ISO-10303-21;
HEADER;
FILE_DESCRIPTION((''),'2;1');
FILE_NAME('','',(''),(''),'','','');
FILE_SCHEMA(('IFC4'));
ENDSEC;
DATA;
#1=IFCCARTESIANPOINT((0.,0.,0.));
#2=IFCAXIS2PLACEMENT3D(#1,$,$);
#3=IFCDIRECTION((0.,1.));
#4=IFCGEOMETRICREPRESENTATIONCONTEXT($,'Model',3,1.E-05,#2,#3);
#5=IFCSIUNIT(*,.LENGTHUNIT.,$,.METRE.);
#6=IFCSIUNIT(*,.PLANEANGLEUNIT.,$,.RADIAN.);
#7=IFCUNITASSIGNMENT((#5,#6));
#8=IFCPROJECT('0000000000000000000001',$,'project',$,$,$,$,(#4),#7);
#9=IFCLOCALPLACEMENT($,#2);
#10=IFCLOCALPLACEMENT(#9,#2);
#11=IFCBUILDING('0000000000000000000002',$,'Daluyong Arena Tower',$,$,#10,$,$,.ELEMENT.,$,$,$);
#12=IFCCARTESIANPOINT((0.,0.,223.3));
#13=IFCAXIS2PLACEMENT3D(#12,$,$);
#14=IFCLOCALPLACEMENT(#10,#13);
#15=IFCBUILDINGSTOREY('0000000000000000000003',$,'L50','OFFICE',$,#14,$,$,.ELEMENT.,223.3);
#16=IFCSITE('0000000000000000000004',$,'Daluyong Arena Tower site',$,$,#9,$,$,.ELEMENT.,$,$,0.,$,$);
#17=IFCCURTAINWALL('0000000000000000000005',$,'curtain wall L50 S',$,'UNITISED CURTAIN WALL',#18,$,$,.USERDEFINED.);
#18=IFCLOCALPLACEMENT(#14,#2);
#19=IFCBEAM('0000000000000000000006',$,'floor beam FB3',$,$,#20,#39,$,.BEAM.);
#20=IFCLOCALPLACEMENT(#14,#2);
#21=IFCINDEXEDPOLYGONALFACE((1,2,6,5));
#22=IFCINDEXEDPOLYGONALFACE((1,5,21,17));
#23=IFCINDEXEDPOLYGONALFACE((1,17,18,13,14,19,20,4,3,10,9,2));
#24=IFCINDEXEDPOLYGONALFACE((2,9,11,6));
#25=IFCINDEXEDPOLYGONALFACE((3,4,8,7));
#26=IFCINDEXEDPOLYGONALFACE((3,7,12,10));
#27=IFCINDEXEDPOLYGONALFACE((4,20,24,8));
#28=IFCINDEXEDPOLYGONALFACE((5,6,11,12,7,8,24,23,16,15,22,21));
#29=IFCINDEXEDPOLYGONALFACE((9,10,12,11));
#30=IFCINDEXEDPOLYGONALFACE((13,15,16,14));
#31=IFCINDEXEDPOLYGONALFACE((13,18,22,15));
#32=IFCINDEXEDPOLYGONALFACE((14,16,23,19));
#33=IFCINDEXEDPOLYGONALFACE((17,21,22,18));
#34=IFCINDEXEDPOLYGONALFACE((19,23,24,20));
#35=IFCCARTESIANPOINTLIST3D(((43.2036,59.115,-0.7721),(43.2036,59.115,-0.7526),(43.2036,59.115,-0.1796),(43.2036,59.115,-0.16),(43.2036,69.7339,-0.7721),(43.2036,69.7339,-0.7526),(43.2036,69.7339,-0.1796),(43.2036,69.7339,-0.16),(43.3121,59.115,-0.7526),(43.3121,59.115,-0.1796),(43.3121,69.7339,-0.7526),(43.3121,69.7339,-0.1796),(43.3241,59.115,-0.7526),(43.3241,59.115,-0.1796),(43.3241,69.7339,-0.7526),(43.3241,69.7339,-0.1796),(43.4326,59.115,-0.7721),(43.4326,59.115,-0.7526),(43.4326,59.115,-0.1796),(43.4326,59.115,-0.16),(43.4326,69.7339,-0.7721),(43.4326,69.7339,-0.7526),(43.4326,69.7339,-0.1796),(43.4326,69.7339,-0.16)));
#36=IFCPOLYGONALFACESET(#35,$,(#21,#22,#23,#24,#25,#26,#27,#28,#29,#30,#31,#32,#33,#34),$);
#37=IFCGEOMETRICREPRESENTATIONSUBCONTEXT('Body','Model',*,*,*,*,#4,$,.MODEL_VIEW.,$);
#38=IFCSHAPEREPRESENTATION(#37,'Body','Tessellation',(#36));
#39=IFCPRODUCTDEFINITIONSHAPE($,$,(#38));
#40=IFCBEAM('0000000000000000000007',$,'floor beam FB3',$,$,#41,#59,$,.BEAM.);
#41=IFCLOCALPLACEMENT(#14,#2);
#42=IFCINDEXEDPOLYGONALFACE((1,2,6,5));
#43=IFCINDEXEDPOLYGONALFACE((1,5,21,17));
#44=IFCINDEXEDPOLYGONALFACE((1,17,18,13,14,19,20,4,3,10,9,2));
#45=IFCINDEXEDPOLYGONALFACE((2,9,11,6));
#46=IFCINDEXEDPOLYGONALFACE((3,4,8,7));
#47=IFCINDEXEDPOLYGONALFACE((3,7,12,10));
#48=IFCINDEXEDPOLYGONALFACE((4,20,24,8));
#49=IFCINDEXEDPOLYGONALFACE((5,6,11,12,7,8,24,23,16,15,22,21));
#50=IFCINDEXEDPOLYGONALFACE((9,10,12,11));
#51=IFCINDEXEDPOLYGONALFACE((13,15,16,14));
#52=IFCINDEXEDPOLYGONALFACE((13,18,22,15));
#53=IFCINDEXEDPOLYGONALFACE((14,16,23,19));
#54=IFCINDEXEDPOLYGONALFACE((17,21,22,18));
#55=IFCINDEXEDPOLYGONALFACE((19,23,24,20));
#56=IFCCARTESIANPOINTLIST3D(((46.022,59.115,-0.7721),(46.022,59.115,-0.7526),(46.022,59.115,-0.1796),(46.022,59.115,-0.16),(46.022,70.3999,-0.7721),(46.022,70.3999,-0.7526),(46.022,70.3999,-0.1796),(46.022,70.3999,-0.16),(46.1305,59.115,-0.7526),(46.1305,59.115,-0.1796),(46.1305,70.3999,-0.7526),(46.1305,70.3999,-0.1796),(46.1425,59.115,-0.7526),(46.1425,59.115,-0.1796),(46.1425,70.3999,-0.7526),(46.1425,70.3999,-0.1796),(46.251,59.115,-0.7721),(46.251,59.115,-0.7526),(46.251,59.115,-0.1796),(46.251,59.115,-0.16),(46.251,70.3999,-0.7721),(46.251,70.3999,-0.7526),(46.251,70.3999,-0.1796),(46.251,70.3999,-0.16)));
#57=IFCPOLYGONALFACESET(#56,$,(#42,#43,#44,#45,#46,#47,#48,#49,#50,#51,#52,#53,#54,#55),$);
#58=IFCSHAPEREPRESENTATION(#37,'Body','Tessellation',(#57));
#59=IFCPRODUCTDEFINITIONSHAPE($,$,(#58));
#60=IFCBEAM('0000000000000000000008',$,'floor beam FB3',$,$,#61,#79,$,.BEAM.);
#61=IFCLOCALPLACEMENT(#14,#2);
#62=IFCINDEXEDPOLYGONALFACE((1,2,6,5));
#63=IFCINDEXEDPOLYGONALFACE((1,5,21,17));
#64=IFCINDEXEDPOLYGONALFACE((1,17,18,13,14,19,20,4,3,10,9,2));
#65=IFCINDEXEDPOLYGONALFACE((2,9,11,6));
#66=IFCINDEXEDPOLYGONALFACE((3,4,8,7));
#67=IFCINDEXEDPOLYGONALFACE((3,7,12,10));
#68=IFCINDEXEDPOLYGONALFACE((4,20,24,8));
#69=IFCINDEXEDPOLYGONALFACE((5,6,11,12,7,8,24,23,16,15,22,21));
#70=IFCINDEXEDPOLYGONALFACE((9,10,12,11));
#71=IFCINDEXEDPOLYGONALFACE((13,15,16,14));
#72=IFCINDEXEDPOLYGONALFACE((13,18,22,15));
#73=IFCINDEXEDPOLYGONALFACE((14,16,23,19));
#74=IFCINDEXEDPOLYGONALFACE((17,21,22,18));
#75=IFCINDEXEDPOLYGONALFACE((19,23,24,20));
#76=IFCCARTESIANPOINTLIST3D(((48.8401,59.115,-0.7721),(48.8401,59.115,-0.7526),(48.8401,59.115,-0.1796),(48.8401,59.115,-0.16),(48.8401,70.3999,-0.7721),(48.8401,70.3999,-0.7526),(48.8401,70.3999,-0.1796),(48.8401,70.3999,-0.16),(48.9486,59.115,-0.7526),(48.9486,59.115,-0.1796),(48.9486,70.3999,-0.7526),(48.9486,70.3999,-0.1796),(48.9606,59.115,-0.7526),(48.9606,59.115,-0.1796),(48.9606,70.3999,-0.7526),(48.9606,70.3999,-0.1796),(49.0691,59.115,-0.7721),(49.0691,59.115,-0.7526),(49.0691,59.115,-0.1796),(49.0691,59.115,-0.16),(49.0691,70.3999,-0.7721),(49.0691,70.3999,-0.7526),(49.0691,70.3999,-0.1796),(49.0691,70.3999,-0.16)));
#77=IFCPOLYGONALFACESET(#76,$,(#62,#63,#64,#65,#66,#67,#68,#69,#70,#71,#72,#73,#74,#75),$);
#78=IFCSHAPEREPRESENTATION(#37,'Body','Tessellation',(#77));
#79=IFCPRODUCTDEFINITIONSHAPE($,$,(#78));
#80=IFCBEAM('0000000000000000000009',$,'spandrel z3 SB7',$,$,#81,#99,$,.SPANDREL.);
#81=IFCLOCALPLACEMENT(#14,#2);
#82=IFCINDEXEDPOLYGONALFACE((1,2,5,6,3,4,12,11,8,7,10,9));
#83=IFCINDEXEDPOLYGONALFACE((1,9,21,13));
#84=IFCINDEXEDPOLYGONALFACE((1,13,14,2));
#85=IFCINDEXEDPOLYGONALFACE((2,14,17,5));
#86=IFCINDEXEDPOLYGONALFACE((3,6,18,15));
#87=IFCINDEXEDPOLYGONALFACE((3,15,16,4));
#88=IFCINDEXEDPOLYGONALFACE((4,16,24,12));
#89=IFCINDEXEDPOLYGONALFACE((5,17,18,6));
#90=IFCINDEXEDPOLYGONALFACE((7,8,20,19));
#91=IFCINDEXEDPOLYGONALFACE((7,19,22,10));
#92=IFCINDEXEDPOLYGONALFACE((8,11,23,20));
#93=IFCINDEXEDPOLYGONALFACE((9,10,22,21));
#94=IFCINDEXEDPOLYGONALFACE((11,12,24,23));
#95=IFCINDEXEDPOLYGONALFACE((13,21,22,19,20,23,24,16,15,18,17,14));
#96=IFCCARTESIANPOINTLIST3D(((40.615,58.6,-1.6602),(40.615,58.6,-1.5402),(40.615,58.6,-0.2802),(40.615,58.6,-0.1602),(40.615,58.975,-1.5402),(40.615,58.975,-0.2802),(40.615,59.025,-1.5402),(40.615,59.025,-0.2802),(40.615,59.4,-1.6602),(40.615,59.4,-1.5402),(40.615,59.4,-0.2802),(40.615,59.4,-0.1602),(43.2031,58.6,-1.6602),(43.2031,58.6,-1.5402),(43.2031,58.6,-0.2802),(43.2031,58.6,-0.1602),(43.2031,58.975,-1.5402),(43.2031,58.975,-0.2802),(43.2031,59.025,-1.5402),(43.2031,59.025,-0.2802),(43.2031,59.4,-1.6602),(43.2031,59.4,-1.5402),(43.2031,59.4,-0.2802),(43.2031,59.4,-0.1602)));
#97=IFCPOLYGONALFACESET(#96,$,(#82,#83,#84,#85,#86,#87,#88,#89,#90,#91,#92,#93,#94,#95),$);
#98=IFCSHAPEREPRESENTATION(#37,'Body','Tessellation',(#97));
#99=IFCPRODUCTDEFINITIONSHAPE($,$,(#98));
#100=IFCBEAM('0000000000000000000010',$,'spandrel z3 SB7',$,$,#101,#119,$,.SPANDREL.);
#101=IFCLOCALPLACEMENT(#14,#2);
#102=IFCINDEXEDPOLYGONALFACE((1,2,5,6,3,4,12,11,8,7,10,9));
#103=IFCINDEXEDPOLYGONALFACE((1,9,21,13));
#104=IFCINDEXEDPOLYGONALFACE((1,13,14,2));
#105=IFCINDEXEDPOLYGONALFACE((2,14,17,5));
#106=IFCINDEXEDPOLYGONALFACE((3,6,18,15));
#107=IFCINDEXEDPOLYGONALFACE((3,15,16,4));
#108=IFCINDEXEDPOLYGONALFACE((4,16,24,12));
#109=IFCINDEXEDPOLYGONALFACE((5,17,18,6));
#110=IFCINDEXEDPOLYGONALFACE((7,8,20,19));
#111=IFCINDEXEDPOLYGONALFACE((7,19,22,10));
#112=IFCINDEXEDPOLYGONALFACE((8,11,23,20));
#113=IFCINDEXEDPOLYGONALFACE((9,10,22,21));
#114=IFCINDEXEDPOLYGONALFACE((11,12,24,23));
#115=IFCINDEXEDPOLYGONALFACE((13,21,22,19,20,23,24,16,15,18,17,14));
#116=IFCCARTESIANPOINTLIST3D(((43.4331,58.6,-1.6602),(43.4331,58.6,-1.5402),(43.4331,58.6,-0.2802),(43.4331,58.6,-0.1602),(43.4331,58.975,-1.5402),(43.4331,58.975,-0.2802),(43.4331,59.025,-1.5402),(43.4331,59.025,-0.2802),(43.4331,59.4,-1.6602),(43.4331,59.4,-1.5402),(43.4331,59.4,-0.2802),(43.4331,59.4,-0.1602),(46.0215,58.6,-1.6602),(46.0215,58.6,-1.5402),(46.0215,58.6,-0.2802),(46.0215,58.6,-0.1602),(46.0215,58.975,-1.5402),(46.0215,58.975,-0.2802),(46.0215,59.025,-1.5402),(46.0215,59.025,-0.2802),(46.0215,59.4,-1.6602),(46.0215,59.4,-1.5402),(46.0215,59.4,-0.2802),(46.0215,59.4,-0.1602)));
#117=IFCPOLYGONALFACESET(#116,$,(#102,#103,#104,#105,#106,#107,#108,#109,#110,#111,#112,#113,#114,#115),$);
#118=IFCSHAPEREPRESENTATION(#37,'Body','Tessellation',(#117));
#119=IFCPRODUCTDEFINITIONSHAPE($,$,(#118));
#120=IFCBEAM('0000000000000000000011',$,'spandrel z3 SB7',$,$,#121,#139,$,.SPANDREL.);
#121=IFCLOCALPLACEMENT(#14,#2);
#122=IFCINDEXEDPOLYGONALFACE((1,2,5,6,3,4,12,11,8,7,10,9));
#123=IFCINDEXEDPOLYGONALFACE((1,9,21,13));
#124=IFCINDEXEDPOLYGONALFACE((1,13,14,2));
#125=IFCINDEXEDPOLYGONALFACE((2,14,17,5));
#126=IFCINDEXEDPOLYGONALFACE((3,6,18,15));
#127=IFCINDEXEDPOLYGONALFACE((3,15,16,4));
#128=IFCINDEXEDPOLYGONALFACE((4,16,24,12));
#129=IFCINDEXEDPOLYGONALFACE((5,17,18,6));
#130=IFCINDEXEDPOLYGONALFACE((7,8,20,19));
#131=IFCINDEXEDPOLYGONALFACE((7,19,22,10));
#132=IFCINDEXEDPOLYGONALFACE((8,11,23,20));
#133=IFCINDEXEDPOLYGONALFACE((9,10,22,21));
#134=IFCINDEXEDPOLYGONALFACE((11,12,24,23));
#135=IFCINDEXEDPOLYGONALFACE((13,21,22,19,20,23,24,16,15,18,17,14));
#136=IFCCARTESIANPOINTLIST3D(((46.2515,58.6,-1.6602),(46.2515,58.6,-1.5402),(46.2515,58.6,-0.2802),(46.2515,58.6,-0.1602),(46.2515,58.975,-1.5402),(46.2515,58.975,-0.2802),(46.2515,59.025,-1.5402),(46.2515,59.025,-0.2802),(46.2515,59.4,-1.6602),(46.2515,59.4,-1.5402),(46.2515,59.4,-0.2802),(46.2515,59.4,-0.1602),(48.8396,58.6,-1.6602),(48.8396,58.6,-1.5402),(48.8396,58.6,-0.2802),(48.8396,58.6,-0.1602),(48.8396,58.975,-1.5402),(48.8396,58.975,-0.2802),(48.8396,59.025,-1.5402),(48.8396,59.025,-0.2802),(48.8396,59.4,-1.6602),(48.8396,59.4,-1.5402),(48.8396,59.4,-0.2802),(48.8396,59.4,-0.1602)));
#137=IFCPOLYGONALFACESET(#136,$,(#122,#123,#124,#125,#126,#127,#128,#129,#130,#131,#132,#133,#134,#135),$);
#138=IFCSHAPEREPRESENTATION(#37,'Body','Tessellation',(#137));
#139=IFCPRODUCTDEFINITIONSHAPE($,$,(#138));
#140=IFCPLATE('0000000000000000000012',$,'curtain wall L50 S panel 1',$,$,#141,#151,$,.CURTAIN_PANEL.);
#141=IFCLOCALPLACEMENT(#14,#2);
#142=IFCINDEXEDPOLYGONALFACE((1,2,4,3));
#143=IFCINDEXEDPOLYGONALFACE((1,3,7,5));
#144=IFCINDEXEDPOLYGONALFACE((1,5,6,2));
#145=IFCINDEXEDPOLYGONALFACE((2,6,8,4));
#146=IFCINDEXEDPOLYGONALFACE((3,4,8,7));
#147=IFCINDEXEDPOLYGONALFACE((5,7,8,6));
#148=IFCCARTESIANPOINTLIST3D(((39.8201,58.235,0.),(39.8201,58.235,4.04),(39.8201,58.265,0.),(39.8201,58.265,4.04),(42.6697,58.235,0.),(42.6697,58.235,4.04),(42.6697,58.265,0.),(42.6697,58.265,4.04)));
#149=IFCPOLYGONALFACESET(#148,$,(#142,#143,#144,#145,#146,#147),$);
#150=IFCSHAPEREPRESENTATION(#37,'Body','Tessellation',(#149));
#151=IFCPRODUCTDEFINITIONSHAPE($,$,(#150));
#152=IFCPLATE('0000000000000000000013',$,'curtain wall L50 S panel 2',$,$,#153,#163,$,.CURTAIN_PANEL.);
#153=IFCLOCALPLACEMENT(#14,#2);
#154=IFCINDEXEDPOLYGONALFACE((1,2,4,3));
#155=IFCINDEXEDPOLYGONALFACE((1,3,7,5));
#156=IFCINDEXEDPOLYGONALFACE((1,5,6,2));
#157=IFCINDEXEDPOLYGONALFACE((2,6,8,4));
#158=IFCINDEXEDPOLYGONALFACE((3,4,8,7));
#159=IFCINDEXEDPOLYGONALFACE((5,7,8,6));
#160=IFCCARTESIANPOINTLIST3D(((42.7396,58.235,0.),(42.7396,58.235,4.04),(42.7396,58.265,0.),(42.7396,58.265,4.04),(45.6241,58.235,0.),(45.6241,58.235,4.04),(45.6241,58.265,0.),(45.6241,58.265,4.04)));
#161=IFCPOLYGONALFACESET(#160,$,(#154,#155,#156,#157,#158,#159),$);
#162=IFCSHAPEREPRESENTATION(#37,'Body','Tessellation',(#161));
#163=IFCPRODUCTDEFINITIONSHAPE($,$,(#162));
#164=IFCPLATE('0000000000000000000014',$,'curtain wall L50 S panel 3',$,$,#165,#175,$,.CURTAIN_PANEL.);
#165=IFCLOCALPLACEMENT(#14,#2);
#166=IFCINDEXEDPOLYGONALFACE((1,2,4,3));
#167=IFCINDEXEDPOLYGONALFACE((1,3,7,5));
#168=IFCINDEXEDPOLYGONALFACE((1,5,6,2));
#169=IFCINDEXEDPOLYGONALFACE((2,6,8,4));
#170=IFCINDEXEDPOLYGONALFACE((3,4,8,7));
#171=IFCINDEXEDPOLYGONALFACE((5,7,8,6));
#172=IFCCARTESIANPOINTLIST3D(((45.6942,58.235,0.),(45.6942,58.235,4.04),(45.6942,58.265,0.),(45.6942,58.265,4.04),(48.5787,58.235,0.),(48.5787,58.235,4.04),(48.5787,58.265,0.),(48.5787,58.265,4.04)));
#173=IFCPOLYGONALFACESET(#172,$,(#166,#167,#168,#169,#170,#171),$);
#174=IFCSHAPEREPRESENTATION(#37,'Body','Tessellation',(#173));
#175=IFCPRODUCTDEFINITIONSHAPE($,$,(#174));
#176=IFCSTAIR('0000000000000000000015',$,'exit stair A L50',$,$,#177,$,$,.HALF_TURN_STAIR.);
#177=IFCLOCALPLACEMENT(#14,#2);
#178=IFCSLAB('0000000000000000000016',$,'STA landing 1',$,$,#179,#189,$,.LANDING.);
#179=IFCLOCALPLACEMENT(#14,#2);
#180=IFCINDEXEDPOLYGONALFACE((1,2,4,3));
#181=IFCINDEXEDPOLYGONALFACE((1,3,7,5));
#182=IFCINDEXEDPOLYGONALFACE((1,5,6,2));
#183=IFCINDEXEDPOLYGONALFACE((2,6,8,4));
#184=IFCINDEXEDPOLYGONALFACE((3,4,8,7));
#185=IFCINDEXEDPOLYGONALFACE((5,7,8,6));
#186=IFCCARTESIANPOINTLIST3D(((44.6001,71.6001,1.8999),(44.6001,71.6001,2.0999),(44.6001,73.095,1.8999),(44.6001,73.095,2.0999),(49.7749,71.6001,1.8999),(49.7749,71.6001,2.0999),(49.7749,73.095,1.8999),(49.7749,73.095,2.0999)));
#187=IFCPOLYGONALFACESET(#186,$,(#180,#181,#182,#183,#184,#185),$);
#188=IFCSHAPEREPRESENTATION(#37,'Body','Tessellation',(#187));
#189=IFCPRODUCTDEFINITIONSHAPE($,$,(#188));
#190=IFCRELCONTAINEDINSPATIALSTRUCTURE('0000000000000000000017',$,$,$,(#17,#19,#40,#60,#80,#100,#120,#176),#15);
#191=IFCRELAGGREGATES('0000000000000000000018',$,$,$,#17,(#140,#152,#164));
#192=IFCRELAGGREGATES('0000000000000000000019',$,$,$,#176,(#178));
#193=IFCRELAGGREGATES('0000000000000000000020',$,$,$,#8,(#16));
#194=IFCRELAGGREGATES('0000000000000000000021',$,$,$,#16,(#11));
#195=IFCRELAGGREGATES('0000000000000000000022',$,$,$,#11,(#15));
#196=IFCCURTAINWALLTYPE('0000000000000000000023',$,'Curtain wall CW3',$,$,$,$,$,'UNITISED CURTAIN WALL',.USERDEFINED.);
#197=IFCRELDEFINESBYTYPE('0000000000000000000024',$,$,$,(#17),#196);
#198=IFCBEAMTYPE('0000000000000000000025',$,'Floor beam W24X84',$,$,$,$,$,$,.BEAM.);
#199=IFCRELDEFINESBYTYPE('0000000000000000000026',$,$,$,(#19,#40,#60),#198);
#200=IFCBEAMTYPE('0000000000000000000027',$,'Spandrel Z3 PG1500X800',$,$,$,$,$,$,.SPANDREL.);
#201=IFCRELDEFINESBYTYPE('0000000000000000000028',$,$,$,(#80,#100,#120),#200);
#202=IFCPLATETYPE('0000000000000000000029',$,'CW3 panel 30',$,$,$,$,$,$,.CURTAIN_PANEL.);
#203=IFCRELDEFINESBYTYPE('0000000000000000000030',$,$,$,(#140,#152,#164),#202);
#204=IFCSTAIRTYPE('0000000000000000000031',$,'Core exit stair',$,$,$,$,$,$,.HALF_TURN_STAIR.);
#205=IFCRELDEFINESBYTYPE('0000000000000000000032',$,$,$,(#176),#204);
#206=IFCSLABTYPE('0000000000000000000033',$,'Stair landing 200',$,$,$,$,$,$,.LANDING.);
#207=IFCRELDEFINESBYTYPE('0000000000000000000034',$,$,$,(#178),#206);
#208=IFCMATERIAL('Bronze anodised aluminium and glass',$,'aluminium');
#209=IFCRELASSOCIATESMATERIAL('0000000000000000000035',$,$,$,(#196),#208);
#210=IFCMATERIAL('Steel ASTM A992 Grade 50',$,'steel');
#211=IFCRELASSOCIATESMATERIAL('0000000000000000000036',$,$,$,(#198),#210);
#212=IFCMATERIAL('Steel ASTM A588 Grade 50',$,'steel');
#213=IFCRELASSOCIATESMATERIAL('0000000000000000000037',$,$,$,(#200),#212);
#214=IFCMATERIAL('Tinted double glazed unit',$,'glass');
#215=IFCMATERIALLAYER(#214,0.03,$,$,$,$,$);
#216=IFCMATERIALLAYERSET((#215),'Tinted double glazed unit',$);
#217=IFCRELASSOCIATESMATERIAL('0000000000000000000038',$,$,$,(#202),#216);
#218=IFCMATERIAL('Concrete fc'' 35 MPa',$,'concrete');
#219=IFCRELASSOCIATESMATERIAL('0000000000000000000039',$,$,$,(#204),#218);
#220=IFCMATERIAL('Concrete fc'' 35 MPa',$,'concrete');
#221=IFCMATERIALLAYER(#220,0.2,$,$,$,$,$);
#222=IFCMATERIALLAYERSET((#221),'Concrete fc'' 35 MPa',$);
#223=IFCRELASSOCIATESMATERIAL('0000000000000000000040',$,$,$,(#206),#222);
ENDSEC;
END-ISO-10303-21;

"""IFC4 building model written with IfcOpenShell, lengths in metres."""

from ifc_helpers import new_model, si_unit, direction, frame, origin, origin_2d, place, context, subcontext, project, spatial, polyline, rectangle, i_section, outline, extrude, material, layer, layer_set, material_profile, profile_set, type_object, element, aggregate, save


model = new_model("IFC4")

# Units and contexts
model_context = context("Model", 3, precision=1e-05, world=origin(), true_north=direction((0.0, 1.0)))
body_context = subcontext(model_context, "Body", "Model", "MODEL_VIEW")
ifc_project = project(units=[si_unit("LENGTHUNIT", "METRE"), si_unit("PLANEANGLEUNIT", "RADIAN")], contexts=[model_context])

# Site, building, storey
site_placement = place(None, origin())
site = spatial("IfcSite", under=ifc_project, at=site_placement, Name="Daluyong Arena Tower site", CompositionType="ELEMENT", RefElevation=0.0)
building_placement = place(site_placement, origin())
building = spatial("IfcBuilding", under=site, at=building_placement, Name="Daluyong Arena Tower", CompositionType="ELEMENT")
storey_placement = place(building_placement, frame((0.0, 0.0, 223.3)))
storey = spatial("IfcBuildingStorey", under=building, at=storey_placement, Name="L50", Description="OFFICE", CompositionType="ELEMENT", Elevation=223.3)

# Curtain wall
ifc_material_1 = material(Name="Bronze anodised aluminium and glass", Category="aluminium")
curtain_wall_type_1 = type_object("IfcCurtainWallType", Name="Curtain wall CW3", ElementType="UNITISED CURTAIN WALL", PredefinedType="USERDEFINED", material=ifc_material_1)
curtain_wall_1_placement = place(storey_placement, origin())
curtain_wall_1 = element("IfcCurtainWall", 1, at=curtain_wall_1_placement, inside=storey, type_object=curtain_wall_type_1, Name="curtain wall L50 S", ObjectType="UNITISED CURTAIN WALL", PredefinedType="USERDEFINED")

# Beams
ifc_material_2 = material(Name="Steel ASTM A992 Grade 50", Category="steel")
ifc_material_profile_1 = material_profile(ifc_material_2, i_section(OverallWidth=0.229, OverallDepth=0.6121, WebThickness=0.012, FlangeThickness=0.0195, at=origin_2d()))
ifc_profile_set_1 = profile_set([ifc_material_profile_1], Name="Steel ASTM A992 Grade 50")
beam_type_1 = type_object("IfcBeamType", Name="Floor beam W24X84", PredefinedType="BEAM", material=ifc_profile_set_1)
beam_1_placement = place(storey_placement, frame((43.3181, 59.115, -0.4661), z_axis=(0.0, 1.0, 0.0), x_axis=(-1.0, 0.0, 0.0)))
element("IfcBeam", 2, at=beam_1_placement, inside=storey, type_object=beam_type_1, Name="floor beam FB3", PredefinedType="BEAM", context=body_context, shape_type="SweptSolid", body=[
    extrude(i_section(OverallWidth=0.229, OverallDepth=0.6121, WebThickness=0.012, FlangeThickness=0.0195, at=origin_2d()), origin(), (0.0, 0.0, 1.0), 10.6189),
])
for number, where, z_axis, x_axis, name in (
    (3, (46.1365, 59.115, -0.4661), (0.0, 1.0, 0.0), (-1.0, 0.0, 0.0), "floor beam FB3"),
    (4, (48.9546, 59.115, -0.4661), (0.0, 1.0, 0.0), (-1.0, 0.0, 0.0), "floor beam FB3"),
):
    element("IfcBeam", number, at=place(storey_placement, frame(where, z_axis=z_axis, x_axis=x_axis)), inside=storey, type_object=beam_type_1, Name=name, PredefinedType="BEAM", context=body_context, shape_type="SweptSolid", body=[
        extrude(i_section(OverallWidth=0.229, OverallDepth=0.6121, WebThickness=0.012, FlangeThickness=0.0195, at=origin_2d()), origin(), (0.0, 0.0, 1.0), 11.2849),
    ])
ifc_material_3 = material(Name="Steel ASTM A588 Grade 50", Category="steel")
ifc_material_profile_2 = material_profile(ifc_material_3, i_section(OverallWidth=0.8, OverallDepth=1.5, WebThickness=0.05, FlangeThickness=0.12, at=origin_2d()))
ifc_profile_set_2 = profile_set([ifc_material_profile_2], Name="Steel ASTM A588 Grade 50")
beam_type_2 = type_object("IfcBeamType", Name="Spandrel Z3 PG1500X800", PredefinedType="SPANDREL", material=ifc_profile_set_2)
beam_2_placement = place(storey_placement, frame((40.615, 59.0, -0.9102), z_axis=(1.0, 0.0, 0.0), x_axis=(0.0, 1.0, 0.0)))
element("IfcBeam", 5, at=beam_2_placement, inside=storey, type_object=beam_type_2, Name="spandrel z3 SB7", PredefinedType="SPANDREL", context=body_context, shape_type="SweptSolid", body=[
    extrude(i_section(OverallWidth=0.8, OverallDepth=1.5, WebThickness=0.05, FlangeThickness=0.12, at=origin_2d()), origin(), (0.0, 0.0, 1.0), 2.5881),
])
beam_3_placement = place(storey_placement, frame((43.4331, 59.0, -0.9102), z_axis=(1.0, 0.0, 0.0), x_axis=(0.0, 1.0, 0.0)))
element("IfcBeam", 6, at=beam_3_placement, inside=storey, type_object=beam_type_2, Name="spandrel z3 SB7", PredefinedType="SPANDREL", context=body_context, shape_type="SweptSolid", body=[
    extrude(i_section(OverallWidth=0.8, OverallDepth=1.5, WebThickness=0.05, FlangeThickness=0.12, at=origin_2d()), origin(), (0.0, 0.0, 1.0), 2.5884),
])
beam_4_placement = place(storey_placement, frame((46.2515, 59.0, -0.9102), z_axis=(1.0, 0.0, 0.0), x_axis=(0.0, 1.0, 0.0)))
element("IfcBeam", 7, at=beam_4_placement, inside=storey, type_object=beam_type_2, Name="spandrel z3 SB7", PredefinedType="SPANDREL", context=body_context, shape_type="SweptSolid", body=[
    extrude(i_section(OverallWidth=0.8, OverallDepth=1.5, WebThickness=0.05, FlangeThickness=0.12, at=origin_2d()), origin(), (0.0, 0.0, 1.0), 2.5881),
])

# Plates
ifc_material_4 = material(Name="Tinted double glazed unit", Category="glass")
ifc_layer_1 = layer(ifc_material_4, 0.03)
ifc_layer_set_1 = layer_set([ifc_layer_1], Name="Tinted double glazed unit")
plate_type = type_object("IfcPlateType", Name="CW3 panel 30", PredefinedType="CURTAIN_PANEL", material=ifc_layer_set_1)
plate_1_placement = place(storey_placement, frame((41.2449, 58.25, 0.0), z_axis=(0.0, 0.0, 1.0), x_axis=(1.0, 0.0, 0.0)))
plate_1 = element("IfcPlate", 8, at=plate_1_placement, type_object=plate_type, Name="curtain wall L50 S panel 1", PredefinedType="CURTAIN_PANEL", context=body_context, shape_type="SweptSolid", body=[
    extrude(rectangle(XDim=2.8496, YDim=0.03, at=origin_2d()), origin(), (0.0, 0.0, 1.0), 4.04),
])
plate_2_placement = place(storey_placement, frame((44.1819, 58.25, 0.0), z_axis=(0.0, 0.0, 1.0), x_axis=(1.0, 0.0, 0.0)))
plate_2 = element("IfcPlate", 9, at=plate_2_placement, type_object=plate_type, Name="curtain wall L50 S panel 2", PredefinedType="CURTAIN_PANEL", context=body_context, shape_type="SweptSolid", body=[
    extrude(rectangle(XDim=2.8845, YDim=0.03, at=origin_2d()), origin(), (0.0, 0.0, 1.0), 4.04),
])
plate_3_placement = place(storey_placement, frame((47.1365, 58.25, 0.0), z_axis=(0.0, 0.0, 1.0), x_axis=(1.0, 0.0, 0.0)))
plate_3 = element("IfcPlate", 10, at=plate_3_placement, type_object=plate_type, Name="curtain wall L50 S panel 3", PredefinedType="CURTAIN_PANEL", context=body_context, shape_type="SweptSolid", body=[
    extrude(rectangle(XDim=2.8845, YDim=0.03, at=origin_2d()), origin(), (0.0, 0.0, 1.0), 4.04),
])
aggregate(curtain_wall_1, [plate_1, plate_2, plate_3])

# Stair, slab
ifc_material_5 = material(Name="Concrete fc' 35 MPa", Category="concrete")
stair_type = type_object("IfcStairType", Name="Core exit stair", PredefinedType="HALF_TURN_STAIR", material=ifc_material_5)
stair_1_placement = place(storey_placement, origin())
stair_1 = element("IfcStair", 11, at=stair_1_placement, inside=storey, type_object=stair_type, Name="exit stair A L50", PredefinedType="HALF_TURN_STAIR")
ifc_material_6 = material(Name="Concrete fc' 35 MPa", Category="concrete")
ifc_layer_2 = layer(ifc_material_6, 0.2)
ifc_layer_set_2 = layer_set([ifc_layer_2], Name="Concrete fc' 35 MPa")
slab_type = type_object("IfcSlabType", Name="Stair landing 200", PredefinedType="LANDING", material=ifc_layer_set_2)
slab_1_placement = place(storey_placement, frame((0.0, 0.0, 1.8999)))
slab_1 = element("IfcSlab", 12, at=slab_1_placement, type_object=slab_type, Name="STA landing 1", PredefinedType="LANDING", context=body_context, shape_type="SweptSolid", body=[
    extrude(outline(polyline([(44.6001, 71.6001), (49.7749, 71.6001), (49.7749, 73.095), (44.6001, 73.095), (44.6001, 71.6001)])), origin(), (0.0, 0.0, 1.0), 0.2),
])
aggregate(stair_1, [slab_1])

save(model, "model.ifc")
